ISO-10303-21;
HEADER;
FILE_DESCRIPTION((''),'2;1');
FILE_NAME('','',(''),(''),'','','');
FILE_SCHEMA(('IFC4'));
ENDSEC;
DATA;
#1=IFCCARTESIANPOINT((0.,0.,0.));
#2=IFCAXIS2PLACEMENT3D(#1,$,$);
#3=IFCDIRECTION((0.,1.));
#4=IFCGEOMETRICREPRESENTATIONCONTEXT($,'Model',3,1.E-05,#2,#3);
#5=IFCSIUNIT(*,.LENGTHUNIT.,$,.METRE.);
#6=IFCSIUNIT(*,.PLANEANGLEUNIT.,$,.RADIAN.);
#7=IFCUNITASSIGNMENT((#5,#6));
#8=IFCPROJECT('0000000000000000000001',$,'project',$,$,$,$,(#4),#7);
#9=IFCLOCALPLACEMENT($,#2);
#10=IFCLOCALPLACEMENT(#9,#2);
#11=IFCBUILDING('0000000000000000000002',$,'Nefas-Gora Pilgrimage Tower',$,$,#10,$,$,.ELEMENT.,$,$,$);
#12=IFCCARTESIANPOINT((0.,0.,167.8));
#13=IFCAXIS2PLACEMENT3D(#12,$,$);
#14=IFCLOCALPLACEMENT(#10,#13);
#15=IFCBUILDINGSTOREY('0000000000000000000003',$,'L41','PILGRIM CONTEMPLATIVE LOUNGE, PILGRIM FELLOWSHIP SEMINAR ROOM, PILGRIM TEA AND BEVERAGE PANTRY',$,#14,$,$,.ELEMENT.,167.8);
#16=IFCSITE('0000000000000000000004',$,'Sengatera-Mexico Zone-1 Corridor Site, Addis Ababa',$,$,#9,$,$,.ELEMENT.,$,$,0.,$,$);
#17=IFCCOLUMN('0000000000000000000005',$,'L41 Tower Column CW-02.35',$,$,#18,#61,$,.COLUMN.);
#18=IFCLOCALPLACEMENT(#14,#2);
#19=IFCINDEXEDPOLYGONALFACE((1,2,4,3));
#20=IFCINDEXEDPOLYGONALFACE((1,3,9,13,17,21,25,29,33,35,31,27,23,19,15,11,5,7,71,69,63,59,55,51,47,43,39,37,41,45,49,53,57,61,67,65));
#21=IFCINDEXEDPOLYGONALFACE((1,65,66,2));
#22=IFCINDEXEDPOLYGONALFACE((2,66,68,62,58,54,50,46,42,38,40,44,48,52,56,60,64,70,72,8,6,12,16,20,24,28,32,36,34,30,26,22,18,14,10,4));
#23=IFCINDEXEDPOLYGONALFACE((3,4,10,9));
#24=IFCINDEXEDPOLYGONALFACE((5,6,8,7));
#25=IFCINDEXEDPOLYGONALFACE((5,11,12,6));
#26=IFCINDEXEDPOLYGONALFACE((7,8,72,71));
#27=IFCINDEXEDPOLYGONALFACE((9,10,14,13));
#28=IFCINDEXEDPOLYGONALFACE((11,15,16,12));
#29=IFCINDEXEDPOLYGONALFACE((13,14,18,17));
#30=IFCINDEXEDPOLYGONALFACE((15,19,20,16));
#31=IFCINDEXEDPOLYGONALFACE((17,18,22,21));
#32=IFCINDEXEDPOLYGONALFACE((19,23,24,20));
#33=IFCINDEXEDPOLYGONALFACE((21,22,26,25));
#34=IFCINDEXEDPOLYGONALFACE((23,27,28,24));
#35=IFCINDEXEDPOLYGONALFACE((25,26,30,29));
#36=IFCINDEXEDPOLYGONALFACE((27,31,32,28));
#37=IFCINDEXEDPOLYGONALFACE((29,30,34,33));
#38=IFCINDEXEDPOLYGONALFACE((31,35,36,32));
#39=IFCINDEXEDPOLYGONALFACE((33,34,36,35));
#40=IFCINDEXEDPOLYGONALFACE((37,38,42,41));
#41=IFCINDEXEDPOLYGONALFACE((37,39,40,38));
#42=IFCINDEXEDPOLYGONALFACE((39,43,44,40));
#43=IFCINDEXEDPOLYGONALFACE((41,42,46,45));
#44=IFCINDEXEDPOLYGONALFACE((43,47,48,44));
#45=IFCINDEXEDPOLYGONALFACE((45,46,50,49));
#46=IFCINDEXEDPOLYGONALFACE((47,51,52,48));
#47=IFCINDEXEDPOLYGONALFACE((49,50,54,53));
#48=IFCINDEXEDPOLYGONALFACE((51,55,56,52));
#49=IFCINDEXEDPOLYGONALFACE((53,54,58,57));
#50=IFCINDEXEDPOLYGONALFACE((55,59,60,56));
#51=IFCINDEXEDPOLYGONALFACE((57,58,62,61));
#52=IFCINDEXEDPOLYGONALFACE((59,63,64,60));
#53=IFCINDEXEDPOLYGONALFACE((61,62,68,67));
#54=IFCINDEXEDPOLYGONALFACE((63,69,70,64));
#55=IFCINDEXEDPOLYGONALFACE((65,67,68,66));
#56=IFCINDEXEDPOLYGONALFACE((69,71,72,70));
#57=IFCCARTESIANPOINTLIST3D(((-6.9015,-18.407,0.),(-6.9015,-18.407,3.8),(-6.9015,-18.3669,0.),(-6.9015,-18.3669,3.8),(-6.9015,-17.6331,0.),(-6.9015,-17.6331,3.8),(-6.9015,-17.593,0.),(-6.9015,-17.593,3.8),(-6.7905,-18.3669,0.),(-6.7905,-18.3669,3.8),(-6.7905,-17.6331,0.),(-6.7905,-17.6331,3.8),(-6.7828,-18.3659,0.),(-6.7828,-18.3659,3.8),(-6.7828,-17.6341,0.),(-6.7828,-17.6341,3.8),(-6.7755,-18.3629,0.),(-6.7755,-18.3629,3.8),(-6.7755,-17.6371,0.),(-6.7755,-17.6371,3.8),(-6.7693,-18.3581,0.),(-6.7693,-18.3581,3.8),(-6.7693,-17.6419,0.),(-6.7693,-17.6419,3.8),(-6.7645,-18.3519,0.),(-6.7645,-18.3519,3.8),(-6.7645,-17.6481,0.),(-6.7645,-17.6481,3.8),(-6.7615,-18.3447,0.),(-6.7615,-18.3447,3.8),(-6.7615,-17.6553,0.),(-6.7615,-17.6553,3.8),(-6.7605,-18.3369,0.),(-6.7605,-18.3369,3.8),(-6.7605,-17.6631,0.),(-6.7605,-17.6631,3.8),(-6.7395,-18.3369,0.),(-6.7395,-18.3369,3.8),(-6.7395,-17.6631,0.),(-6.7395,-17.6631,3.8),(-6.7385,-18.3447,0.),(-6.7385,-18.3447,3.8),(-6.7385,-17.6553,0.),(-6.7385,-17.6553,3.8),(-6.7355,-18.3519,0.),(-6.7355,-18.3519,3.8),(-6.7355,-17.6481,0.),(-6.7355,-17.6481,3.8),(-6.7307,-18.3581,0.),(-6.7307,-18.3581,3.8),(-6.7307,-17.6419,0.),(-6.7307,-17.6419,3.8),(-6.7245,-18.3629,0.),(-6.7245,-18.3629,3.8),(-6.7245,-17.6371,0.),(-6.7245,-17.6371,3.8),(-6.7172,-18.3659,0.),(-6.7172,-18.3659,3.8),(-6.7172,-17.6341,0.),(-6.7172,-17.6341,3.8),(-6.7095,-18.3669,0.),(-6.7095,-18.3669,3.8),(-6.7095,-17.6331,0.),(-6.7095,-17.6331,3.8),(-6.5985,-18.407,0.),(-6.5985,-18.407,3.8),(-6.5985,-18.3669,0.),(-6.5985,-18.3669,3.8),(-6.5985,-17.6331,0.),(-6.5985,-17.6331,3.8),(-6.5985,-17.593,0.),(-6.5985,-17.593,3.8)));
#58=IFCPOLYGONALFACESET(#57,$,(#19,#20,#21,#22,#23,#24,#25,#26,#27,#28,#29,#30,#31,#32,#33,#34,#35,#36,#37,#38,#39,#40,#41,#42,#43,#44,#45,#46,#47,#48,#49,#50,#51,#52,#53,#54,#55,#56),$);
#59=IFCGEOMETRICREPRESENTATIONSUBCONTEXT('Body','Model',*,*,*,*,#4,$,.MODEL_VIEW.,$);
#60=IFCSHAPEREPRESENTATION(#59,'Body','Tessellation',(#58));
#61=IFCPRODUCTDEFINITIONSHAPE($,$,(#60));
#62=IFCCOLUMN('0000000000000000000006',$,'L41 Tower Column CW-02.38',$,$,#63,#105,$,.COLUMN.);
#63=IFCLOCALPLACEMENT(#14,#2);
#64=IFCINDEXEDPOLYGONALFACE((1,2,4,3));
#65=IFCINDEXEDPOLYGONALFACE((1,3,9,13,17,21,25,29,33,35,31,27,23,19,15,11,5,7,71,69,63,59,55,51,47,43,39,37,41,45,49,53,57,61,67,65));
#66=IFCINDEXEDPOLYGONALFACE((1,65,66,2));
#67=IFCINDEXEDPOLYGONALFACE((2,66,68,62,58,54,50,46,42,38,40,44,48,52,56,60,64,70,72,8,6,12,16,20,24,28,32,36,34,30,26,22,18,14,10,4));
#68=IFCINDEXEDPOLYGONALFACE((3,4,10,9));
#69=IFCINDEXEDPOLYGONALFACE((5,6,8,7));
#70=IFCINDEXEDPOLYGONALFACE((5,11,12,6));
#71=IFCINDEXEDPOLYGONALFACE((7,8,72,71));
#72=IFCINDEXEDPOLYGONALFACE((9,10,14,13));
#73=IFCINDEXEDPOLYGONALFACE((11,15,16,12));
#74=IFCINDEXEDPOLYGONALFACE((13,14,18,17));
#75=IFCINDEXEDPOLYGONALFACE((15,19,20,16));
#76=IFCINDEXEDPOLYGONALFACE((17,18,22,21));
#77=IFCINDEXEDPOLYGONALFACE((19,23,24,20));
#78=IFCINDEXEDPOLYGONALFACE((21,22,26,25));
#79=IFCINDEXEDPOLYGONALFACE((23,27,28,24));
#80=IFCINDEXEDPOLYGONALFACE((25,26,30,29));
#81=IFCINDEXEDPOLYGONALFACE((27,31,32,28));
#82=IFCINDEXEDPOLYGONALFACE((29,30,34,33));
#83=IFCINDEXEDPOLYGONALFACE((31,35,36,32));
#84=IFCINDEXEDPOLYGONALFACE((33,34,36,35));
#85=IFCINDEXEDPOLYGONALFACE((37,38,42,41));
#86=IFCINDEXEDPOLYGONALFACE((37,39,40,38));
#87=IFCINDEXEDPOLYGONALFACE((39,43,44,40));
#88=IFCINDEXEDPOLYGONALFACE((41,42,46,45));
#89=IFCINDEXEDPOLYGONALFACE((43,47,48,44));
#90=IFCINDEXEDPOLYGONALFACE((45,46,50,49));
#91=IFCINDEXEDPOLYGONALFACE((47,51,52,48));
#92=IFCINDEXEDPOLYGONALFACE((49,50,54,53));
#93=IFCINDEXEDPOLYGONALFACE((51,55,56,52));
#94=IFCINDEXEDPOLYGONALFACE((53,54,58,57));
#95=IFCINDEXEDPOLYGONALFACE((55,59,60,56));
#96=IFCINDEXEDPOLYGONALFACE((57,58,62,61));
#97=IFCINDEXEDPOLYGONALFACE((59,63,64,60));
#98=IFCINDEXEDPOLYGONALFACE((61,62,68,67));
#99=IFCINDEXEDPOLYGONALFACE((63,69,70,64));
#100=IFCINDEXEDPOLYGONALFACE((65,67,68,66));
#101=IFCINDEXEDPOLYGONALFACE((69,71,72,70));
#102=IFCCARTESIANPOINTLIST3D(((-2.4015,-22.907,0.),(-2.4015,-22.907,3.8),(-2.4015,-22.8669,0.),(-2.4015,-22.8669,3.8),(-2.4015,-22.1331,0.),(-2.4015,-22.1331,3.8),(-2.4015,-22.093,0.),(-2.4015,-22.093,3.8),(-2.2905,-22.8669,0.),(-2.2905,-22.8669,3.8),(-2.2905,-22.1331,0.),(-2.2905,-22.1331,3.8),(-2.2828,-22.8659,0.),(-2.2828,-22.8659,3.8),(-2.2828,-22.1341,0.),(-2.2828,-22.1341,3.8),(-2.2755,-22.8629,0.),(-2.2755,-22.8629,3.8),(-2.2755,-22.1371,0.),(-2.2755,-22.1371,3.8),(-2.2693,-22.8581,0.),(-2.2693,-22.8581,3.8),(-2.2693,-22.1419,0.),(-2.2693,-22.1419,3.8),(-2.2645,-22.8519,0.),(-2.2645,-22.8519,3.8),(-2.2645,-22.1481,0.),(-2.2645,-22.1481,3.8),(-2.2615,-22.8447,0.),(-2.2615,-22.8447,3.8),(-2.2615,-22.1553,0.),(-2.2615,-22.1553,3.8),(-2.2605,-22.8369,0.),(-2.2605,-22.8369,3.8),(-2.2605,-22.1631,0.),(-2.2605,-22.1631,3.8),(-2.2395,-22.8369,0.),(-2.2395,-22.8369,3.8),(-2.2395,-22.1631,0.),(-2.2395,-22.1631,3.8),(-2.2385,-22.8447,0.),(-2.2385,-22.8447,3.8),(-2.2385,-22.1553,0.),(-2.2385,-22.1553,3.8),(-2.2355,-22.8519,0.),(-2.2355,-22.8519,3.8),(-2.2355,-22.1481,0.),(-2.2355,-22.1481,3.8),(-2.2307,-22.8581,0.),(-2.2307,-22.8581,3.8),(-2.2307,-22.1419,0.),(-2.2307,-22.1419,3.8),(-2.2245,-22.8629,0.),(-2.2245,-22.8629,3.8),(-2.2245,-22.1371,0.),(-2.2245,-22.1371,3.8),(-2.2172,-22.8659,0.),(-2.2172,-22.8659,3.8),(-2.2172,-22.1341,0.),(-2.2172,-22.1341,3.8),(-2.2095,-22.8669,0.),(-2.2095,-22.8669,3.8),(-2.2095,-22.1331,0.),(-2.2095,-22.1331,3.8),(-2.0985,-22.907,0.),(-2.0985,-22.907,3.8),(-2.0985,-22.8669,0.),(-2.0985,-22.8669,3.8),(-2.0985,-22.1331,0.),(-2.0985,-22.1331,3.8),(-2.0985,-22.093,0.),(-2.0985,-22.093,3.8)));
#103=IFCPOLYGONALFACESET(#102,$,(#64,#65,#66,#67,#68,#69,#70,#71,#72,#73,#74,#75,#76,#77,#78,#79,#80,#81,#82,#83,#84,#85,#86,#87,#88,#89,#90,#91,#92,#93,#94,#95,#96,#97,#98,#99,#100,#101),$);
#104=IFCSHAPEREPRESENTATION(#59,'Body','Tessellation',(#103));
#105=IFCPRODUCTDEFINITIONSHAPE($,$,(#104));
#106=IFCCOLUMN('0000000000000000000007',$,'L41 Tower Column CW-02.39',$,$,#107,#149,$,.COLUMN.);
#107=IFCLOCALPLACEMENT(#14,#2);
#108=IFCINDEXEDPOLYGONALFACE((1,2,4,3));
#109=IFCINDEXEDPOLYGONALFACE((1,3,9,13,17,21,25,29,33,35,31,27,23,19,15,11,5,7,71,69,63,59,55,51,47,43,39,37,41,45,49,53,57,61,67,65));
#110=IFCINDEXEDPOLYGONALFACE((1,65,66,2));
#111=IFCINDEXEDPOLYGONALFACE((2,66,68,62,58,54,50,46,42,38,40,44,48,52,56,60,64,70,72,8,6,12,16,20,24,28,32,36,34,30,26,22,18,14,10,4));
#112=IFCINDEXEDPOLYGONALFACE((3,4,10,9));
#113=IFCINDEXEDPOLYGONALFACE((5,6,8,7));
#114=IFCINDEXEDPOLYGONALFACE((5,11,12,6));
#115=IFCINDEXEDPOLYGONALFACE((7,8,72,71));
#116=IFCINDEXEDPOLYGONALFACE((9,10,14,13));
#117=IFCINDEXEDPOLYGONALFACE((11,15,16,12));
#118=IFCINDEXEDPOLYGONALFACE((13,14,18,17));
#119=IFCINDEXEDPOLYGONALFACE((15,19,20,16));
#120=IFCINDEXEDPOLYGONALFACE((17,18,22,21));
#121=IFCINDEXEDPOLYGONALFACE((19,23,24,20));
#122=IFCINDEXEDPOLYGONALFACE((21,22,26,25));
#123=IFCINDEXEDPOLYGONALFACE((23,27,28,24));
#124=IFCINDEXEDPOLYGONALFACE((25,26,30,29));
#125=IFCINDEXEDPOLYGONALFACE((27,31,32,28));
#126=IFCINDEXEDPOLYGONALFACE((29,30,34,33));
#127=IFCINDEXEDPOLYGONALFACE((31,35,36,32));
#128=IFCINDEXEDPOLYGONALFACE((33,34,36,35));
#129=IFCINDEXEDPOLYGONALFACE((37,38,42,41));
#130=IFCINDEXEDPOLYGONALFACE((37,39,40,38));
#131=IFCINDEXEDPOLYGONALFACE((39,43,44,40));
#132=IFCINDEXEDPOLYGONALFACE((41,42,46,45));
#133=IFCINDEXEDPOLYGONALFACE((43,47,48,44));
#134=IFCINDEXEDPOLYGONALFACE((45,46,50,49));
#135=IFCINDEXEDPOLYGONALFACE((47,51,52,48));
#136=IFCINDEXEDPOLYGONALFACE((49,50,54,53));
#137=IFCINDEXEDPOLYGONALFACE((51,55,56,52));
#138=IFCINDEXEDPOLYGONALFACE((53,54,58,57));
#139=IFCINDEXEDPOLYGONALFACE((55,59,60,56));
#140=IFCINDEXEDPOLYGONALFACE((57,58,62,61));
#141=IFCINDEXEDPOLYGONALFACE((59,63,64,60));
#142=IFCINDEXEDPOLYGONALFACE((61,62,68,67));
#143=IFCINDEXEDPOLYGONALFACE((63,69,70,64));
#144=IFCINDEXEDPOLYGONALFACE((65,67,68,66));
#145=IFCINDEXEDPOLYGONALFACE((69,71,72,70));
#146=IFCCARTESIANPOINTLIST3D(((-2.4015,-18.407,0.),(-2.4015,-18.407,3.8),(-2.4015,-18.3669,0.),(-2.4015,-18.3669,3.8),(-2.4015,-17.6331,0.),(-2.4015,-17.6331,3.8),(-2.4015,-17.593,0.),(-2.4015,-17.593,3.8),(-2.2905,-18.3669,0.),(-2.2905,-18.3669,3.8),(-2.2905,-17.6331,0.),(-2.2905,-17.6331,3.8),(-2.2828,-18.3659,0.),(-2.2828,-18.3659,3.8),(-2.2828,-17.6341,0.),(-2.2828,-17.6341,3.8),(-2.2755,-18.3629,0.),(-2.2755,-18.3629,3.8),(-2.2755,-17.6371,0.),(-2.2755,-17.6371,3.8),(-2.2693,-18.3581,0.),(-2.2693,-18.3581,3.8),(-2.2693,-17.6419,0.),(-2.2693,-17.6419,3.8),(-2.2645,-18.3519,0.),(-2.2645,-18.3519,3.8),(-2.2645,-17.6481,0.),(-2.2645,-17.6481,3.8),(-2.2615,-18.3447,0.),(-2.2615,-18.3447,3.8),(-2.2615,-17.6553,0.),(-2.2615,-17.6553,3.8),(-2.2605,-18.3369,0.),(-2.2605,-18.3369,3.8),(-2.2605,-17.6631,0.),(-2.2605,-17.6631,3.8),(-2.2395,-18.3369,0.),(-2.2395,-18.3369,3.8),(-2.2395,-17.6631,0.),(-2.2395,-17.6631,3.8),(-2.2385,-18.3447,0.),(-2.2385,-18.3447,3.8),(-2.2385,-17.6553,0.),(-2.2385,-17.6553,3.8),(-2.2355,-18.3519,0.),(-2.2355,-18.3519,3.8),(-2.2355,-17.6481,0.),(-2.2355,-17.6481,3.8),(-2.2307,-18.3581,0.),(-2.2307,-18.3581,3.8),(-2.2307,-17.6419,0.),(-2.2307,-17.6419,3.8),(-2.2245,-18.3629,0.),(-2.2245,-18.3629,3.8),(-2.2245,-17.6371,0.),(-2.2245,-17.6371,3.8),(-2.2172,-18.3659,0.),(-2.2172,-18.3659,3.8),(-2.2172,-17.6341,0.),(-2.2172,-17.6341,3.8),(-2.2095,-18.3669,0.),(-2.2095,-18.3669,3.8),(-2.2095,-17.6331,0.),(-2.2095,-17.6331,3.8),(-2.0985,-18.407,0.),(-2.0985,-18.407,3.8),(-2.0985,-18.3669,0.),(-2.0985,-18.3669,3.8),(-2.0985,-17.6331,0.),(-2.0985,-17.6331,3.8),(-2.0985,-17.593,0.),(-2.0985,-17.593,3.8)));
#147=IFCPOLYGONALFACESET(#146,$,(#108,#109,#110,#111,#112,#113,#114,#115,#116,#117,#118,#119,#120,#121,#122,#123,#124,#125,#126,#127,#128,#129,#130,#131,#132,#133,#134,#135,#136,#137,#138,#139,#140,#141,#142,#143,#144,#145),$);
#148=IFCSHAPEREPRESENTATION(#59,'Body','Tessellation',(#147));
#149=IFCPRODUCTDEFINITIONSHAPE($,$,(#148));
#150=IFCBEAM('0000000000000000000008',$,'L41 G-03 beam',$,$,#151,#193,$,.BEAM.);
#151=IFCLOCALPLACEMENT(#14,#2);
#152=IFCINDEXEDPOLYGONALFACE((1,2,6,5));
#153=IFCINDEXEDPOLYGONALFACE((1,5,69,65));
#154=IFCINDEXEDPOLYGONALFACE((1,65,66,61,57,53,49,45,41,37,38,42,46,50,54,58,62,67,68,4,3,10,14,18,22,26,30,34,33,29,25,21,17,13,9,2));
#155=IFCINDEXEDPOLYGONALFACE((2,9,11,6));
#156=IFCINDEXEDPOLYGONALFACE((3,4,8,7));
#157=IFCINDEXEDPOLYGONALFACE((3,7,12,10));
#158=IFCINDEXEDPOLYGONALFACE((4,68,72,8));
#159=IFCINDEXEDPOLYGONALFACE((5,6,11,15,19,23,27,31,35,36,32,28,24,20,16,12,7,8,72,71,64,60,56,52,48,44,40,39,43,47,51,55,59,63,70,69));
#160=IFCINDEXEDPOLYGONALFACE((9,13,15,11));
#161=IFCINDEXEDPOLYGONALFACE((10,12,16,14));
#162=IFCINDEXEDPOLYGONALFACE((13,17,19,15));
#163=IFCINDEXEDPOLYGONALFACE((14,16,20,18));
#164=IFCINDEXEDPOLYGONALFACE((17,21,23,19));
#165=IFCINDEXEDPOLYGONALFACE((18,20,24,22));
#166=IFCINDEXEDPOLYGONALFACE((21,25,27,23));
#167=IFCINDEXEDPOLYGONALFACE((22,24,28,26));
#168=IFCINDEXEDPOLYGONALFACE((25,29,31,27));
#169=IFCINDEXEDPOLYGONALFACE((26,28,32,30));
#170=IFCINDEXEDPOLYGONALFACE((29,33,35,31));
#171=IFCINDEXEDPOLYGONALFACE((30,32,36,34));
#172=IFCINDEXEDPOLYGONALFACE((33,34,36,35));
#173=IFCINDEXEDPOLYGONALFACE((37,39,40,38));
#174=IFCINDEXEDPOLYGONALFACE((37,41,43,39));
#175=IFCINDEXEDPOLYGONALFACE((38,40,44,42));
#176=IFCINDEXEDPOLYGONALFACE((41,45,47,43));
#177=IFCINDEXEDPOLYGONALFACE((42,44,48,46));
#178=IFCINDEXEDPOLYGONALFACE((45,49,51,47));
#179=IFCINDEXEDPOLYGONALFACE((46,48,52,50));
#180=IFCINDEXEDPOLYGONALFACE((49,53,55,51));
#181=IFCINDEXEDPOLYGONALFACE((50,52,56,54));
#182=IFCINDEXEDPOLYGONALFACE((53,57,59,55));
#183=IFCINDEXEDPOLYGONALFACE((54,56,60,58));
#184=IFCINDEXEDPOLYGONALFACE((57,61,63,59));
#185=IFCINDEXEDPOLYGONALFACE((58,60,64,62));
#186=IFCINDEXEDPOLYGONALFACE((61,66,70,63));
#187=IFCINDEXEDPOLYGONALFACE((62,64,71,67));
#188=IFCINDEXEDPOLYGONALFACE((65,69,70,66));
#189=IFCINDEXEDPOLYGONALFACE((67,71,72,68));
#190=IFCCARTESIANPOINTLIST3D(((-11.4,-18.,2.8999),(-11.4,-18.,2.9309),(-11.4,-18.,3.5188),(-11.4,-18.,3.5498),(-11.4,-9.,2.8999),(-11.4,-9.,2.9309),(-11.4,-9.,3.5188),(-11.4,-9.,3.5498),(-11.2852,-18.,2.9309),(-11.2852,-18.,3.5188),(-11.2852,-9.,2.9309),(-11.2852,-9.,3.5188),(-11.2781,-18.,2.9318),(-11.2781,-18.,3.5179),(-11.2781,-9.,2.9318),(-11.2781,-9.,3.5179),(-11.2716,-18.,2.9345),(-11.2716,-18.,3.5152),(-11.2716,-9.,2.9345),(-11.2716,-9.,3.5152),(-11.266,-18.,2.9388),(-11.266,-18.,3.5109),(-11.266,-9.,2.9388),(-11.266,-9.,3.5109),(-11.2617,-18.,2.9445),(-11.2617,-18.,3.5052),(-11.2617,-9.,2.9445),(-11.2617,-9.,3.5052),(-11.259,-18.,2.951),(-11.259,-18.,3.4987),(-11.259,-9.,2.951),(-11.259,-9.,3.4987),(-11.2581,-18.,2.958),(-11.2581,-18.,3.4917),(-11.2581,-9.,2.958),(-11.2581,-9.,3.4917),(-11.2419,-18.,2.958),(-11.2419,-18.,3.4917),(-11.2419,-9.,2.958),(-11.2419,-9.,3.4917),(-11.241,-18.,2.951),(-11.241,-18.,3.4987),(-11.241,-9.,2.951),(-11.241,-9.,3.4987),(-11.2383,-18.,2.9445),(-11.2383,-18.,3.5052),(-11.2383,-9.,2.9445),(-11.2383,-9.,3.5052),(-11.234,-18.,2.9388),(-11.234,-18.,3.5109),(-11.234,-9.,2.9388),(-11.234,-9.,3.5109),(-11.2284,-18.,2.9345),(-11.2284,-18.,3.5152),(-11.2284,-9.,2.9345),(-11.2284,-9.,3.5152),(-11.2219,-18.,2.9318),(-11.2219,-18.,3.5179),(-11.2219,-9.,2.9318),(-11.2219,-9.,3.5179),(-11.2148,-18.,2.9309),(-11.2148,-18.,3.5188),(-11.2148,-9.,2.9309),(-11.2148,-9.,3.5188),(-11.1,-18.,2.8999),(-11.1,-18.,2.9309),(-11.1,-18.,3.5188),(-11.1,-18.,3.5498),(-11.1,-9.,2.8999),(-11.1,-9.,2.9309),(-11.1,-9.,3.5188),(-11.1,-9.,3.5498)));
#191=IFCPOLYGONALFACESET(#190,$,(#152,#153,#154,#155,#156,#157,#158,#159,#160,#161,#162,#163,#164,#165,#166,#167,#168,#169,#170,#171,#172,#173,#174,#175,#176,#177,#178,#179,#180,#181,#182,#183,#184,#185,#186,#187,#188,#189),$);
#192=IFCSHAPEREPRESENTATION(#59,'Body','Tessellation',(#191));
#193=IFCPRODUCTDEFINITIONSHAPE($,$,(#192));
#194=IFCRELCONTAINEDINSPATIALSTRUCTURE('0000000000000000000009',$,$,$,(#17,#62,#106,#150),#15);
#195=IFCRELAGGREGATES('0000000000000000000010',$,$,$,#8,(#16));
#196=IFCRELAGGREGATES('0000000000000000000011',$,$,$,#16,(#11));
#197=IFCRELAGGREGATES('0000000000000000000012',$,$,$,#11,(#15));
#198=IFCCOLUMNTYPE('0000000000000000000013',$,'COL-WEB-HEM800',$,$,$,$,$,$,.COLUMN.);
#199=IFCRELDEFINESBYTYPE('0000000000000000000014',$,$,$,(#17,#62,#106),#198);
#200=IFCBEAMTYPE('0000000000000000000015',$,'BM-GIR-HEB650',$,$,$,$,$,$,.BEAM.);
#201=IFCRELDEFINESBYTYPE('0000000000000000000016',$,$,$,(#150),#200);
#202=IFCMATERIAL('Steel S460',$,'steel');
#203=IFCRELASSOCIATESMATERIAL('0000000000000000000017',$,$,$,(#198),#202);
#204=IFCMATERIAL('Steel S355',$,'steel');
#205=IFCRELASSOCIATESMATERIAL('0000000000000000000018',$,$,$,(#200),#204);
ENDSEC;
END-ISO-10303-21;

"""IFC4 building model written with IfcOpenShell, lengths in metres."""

from ifc_helpers import new_model, si_unit, direction, frame, origin, origin_2d, place, context, subcontext, project, spatial, i_section, extrude, source, transform, mapped, material, material_profile, profile_set, type_object, element, save


model = new_model("IFC4")

# Units and contexts
model_context = context("Model", 3, precision=1e-05, world=origin(), true_north=direction((0.0, 1.0)))
body_context = subcontext(model_context, "Body", "Model", "MODEL_VIEW")
ifc_project = project(units=[si_unit("LENGTHUNIT", "METRE"), si_unit("PLANEANGLEUNIT", "RADIAN")], contexts=[model_context])

# Site, building, storey
site_placement = place(None, origin())
site = spatial("IfcSite", under=ifc_project, at=site_placement, Name="Sengatera-Mexico Zone-1 Corridor Site, Addis Ababa", CompositionType="ELEMENT", RefElevation=0.0)
building_placement = place(site_placement, origin())
building = spatial("IfcBuilding", under=site, at=building_placement, Name="Nefas-Gora Pilgrimage Tower", CompositionType="ELEMENT")
storey_placement = place(building_placement, frame((0.0, 0.0, 167.8)))
storey = spatial("IfcBuildingStorey", under=building, at=storey_placement, Name="L41", Description="PILGRIM CONTEMPLATIVE LOUNGE, PILGRIM FELLOWSHIP SEMINAR ROOM, PILGRIM TEA AND BEVERAGE PANTRY", CompositionType="ELEMENT", Elevation=167.8)

# Columns
ifc_material_1 = material(Name="Steel S460", Category="steel")
ifc_material_profile_1 = material_profile(ifc_material_1, i_section(OverallWidth=0.303, OverallDepth=0.814, WebThickness=0.021, FlangeThickness=0.04, FilletRadius=0.03, at=origin_2d()), Name="HEM 800")
ifc_profile_set_1 = profile_set([ifc_material_profile_1], Name="Steel S460")
column_type_1 = type_object("IfcColumnType", Name="COL-WEB-HEM800", PredefinedType="COLUMN", material=ifc_profile_set_1)
shared_shape_1 = source(origin(), body_context, "Body", "SweptSolid", [
    extrude(i_section(OverallWidth=0.303, OverallDepth=0.814, WebThickness=0.021, FlangeThickness=0.04, FilletRadius=0.03, at=origin_2d()), origin(), (0.0, 0.0, 1.0), 3.8),
])
for number, where, z_axis, x_axis, name in (
    (1, (-6.75, -18.0, 0.0), (0.0, 0.0, 1.0), (1.0, 0.0, 0.0), "L41 Tower Column CW-02.35"),
    (2, (-2.25, -22.5, 0.0), (0.0, 0.0, 1.0), (1.0, 0.0, 0.0), "L41 Tower Column CW-02.38"),
    (3, (-2.25, -18.0, 0.0), (0.0, 0.0, 1.0), (1.0, 0.0, 0.0), "L41 Tower Column CW-02.39"),
):
    element("IfcColumn", number, at=place(storey_placement, frame(where, z_axis=z_axis, x_axis=x_axis)), inside=storey, type_object=column_type_1, Name=name, PredefinedType="COLUMN", context=body_context, shape_type="MappedRepresentation", body=[
        mapped(shared_shape_1, transform((0.0, 0.0, 0.0), x_axis=(1.0, 0.0, 0.0), y_axis=(0.0, 1.0, 0.0), z_axis=(0.0, 0.0, 1.0), scale=1.0)),
    ])

# Beam
ifc_material_2 = material(Name="Steel S355", Category="steel")
ifc_material_profile_2 = material_profile(ifc_material_2, i_section(OverallWidth=0.3, OverallDepth=0.6499, WebThickness=0.0161, FlangeThickness=0.031, FilletRadius=0.0271, at=origin_2d()), Name="HEB 650")
ifc_profile_set_2 = profile_set([ifc_material_profile_2], Name="Steel S355")
beam_type = type_object("IfcBeamType", Name="BM-GIR-HEB650", PredefinedType="BEAM", material=ifc_profile_set_2)
shared_shape_2 = source(origin(), body_context, "Body", "SweptSolid", [
    extrude(i_section(OverallWidth=0.3, OverallDepth=0.6499, WebThickness=0.0161, FlangeThickness=0.031, FilletRadius=0.0271, at=origin_2d()), origin(), (0.0, 0.0, 1.0), 9.0),
])
beam_placement = place(storey_placement, frame((-11.25, -18.0, 3.2249), z_axis=(0.0, 1.0, 0.0), x_axis=(-1.0, 0.0, 0.0)))
element("IfcBeam", 4, at=beam_placement, inside=storey, type_object=beam_type, Name="L41 G-03 beam", PredefinedType="BEAM", context=body_context, shape_type="MappedRepresentation", body=[
    mapped(shared_shape_2, transform((0.0, 0.0, 0.0), x_axis=(1.0, 0.0, 0.0), y_axis=(0.0, 1.0, 0.0), z_axis=(0.0, 0.0, 1.0), scale=1.0)),
])

save(model, "model.ifc")
